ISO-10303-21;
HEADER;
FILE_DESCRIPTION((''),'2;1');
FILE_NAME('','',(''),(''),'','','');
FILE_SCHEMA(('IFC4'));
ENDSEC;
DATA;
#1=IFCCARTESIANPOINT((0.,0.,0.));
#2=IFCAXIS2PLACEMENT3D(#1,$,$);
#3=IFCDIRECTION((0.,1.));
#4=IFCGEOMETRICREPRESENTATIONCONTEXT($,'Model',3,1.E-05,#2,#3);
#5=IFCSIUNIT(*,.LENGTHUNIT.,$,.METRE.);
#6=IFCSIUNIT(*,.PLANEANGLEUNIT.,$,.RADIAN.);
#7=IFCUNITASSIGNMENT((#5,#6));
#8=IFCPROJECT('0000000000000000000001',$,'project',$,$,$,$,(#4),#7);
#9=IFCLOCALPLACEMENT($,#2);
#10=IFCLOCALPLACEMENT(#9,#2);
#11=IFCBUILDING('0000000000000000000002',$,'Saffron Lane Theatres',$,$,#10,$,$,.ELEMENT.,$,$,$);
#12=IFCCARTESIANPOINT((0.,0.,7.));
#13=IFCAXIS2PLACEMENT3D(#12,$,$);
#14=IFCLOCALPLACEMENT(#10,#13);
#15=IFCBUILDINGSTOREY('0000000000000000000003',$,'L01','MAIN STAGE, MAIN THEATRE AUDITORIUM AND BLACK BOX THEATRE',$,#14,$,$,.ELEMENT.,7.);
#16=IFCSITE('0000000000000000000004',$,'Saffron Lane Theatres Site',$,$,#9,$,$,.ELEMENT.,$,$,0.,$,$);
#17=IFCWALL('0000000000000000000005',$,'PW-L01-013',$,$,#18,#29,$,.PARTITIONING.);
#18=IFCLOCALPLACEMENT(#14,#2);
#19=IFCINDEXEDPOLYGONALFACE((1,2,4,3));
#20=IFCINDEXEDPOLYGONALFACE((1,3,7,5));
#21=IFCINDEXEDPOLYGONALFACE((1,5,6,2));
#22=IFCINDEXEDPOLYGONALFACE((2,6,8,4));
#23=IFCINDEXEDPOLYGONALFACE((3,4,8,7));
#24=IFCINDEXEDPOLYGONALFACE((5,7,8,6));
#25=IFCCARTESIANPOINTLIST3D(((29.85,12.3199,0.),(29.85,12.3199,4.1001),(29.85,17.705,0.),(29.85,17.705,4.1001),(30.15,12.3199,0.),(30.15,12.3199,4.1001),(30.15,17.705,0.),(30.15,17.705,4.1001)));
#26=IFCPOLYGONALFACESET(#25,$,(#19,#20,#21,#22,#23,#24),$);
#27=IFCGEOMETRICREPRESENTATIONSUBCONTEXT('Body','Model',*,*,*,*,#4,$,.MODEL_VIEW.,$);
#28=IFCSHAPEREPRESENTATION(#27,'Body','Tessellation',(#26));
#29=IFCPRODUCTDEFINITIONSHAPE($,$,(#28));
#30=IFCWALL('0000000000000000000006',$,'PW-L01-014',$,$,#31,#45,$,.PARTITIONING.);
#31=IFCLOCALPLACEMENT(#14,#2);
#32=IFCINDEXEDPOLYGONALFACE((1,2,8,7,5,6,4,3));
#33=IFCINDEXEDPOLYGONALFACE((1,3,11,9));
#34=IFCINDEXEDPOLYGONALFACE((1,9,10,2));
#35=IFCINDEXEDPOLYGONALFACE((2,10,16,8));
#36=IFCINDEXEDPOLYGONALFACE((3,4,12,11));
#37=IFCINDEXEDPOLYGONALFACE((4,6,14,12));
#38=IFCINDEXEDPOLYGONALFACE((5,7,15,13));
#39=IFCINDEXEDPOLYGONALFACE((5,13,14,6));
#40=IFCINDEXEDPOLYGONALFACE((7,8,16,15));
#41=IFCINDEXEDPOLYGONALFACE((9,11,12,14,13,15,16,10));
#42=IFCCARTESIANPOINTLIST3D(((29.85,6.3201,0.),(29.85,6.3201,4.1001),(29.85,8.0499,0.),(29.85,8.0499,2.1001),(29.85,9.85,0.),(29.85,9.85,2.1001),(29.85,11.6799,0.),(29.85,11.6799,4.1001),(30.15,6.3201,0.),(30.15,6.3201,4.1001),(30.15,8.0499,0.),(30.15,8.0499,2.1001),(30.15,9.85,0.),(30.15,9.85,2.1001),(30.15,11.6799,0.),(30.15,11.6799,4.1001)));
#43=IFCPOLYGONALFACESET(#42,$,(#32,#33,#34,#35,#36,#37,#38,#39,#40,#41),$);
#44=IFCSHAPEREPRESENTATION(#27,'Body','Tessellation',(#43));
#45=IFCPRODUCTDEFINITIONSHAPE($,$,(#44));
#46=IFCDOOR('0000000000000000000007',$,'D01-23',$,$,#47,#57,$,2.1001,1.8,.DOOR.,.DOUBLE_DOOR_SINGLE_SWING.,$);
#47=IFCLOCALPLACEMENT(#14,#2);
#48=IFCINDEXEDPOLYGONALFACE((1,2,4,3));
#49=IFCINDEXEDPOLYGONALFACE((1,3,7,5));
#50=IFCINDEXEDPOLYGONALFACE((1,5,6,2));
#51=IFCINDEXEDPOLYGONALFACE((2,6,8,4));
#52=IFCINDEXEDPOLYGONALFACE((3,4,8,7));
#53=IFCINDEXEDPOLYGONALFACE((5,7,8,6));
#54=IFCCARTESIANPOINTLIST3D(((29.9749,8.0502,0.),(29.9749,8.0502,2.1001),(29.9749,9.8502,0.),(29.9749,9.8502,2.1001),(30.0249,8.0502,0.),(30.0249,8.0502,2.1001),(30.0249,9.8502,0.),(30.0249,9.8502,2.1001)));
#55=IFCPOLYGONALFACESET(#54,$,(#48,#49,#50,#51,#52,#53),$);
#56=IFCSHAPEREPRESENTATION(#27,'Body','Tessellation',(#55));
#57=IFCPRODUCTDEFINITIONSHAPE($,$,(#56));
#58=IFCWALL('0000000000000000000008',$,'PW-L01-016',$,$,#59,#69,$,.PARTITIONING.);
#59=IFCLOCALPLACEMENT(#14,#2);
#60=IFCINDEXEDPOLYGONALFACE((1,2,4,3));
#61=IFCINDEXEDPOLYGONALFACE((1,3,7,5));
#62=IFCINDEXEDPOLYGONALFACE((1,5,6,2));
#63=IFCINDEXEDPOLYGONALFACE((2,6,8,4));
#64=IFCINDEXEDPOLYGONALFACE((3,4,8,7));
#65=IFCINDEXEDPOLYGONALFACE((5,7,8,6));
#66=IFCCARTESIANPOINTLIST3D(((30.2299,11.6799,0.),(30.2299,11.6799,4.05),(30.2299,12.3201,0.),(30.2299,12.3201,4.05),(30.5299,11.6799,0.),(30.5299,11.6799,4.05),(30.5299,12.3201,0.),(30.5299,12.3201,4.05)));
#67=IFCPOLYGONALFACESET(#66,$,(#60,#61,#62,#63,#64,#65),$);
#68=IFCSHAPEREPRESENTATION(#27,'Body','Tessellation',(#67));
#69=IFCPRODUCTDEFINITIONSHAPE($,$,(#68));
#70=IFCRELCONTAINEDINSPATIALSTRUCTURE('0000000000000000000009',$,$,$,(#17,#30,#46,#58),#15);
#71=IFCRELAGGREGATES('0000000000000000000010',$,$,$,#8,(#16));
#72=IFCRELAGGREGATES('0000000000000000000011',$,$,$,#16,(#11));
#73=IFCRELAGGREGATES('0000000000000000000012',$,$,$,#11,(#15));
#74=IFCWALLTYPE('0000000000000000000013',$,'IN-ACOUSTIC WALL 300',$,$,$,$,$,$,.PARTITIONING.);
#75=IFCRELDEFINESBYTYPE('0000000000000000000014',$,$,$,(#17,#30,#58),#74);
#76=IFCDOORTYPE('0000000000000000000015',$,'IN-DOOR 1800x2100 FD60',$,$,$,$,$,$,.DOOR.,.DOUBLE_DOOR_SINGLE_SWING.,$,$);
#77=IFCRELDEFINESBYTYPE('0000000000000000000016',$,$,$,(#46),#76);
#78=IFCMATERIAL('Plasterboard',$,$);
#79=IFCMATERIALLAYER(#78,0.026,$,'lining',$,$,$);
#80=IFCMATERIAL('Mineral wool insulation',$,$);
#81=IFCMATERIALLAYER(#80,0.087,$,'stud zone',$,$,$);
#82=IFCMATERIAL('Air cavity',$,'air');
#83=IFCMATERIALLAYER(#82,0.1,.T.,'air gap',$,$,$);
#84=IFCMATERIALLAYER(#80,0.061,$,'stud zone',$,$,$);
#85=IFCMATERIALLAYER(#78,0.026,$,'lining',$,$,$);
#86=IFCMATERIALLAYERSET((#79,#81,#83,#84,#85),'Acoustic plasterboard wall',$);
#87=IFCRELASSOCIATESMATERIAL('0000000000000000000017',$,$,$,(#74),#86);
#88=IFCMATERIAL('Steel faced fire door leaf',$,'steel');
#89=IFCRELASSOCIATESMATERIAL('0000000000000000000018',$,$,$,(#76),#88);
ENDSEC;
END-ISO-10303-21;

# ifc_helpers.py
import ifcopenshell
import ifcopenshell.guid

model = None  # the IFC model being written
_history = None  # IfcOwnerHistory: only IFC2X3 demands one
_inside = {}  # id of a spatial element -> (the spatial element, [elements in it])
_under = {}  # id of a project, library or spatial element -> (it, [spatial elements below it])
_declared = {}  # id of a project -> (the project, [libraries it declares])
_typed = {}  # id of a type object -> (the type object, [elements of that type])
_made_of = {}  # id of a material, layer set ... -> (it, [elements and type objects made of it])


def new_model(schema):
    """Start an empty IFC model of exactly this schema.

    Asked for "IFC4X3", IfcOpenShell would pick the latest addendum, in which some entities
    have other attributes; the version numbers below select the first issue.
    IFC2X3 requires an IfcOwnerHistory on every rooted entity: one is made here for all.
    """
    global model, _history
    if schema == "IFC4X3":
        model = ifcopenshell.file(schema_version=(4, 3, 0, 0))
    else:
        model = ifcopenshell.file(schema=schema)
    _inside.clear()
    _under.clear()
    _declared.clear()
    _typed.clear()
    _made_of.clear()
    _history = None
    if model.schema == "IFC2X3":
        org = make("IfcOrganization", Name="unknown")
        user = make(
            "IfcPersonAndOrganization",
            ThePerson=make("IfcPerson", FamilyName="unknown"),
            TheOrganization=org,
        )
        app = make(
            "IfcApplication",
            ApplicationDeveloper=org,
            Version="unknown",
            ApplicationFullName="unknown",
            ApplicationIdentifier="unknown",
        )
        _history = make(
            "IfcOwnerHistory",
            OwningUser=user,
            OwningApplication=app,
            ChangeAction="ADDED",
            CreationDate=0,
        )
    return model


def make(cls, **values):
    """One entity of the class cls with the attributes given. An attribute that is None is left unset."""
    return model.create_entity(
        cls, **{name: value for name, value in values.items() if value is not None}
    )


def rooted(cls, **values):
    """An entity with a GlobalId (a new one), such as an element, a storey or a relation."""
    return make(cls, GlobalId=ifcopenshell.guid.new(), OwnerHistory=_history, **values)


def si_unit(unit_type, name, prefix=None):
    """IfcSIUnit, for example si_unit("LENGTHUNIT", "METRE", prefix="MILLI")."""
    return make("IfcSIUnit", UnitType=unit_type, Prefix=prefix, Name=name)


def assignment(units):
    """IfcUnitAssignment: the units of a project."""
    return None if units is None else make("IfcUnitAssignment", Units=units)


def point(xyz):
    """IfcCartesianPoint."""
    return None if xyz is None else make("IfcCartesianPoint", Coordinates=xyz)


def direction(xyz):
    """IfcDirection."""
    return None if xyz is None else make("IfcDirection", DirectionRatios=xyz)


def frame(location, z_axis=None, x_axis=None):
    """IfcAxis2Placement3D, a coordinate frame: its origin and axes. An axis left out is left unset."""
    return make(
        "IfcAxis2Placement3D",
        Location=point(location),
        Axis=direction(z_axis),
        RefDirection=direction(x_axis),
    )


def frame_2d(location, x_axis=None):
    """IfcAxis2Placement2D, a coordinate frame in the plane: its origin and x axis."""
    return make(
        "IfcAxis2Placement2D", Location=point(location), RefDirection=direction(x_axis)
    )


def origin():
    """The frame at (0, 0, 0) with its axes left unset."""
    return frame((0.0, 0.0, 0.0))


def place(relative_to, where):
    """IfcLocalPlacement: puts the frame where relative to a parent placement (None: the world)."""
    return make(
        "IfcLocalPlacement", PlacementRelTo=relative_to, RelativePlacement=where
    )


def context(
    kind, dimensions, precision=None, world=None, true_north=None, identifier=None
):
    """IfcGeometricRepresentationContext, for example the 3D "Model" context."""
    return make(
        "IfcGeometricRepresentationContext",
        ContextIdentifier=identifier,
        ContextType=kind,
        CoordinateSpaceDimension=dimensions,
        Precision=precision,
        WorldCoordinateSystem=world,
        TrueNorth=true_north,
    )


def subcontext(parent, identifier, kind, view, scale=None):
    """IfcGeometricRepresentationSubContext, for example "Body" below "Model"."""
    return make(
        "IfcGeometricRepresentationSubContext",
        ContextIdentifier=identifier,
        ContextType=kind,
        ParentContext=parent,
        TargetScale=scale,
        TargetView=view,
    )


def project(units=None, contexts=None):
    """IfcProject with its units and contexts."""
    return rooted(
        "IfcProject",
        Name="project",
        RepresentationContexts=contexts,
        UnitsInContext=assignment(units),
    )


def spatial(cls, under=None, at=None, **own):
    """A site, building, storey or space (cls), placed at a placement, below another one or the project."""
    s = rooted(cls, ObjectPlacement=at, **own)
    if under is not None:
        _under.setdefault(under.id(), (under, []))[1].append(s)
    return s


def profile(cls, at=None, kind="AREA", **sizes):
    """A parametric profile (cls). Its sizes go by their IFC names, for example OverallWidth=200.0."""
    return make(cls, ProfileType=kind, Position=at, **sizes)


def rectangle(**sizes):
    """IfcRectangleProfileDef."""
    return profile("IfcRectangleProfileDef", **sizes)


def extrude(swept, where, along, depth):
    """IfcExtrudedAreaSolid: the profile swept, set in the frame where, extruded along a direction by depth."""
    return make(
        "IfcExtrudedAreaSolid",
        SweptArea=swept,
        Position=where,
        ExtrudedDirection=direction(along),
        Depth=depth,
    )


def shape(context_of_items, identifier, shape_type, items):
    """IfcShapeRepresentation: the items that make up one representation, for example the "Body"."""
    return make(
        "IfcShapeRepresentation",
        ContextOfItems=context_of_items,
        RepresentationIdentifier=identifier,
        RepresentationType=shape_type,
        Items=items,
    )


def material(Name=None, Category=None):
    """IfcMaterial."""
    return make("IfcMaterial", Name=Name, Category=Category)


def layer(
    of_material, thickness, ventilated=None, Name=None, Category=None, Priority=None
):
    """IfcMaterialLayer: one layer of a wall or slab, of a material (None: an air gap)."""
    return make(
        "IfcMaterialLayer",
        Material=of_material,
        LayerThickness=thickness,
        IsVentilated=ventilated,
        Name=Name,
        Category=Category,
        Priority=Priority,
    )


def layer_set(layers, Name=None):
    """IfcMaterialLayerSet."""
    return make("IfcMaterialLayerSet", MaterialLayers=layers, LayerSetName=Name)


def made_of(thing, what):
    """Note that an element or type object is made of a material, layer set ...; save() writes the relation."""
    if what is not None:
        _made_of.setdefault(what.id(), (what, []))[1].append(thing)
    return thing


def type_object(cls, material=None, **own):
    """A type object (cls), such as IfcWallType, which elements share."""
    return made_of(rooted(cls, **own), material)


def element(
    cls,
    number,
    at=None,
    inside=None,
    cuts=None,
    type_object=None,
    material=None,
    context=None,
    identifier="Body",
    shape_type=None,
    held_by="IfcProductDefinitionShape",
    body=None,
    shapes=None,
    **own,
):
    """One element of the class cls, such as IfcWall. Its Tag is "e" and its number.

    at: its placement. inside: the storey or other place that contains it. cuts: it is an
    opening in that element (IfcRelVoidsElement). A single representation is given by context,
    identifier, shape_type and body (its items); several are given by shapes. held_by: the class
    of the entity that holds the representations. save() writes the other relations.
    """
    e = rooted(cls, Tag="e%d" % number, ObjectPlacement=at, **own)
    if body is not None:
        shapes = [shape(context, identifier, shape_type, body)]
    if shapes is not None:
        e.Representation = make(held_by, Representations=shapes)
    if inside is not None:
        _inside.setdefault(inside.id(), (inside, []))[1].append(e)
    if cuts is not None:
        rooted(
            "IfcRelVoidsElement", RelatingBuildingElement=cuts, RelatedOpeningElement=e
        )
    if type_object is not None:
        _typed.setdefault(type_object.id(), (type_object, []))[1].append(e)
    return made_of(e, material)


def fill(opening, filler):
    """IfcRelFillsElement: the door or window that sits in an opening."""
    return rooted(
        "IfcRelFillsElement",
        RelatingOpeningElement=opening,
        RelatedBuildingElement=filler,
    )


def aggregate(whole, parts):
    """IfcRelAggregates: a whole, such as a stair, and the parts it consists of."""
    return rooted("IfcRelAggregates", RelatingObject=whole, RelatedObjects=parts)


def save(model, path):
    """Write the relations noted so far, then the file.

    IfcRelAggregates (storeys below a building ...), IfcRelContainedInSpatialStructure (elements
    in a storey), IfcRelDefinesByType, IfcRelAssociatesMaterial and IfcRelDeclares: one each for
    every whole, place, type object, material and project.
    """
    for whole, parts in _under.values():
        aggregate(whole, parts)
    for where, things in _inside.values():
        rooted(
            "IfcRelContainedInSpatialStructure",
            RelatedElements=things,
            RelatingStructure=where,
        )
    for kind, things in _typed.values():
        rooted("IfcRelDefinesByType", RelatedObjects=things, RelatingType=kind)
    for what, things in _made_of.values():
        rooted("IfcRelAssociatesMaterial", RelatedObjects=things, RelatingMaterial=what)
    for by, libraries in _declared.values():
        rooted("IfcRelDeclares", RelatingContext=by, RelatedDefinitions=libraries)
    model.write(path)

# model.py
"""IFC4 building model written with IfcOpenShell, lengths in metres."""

from ifc_helpers import new_model, si_unit, direction, frame, frame_2d, origin, place, context, subcontext, project, spatial, rectangle, extrude, material, layer, layer_set, type_object, element, fill, save


model = new_model("IFC4")

# Units and contexts
model_context = context("Model", 3, precision=1e-05, world=origin(), true_north=direction((0.0, 1.0)))
body_context = subcontext(model_context, "Body", "Model", "MODEL_VIEW")
ifc_project = project(units=[si_unit("LENGTHUNIT", "METRE"), si_unit("PLANEANGLEUNIT", "RADIAN")], contexts=[model_context])

# Site, building, storey
site_placement = place(None, origin())
site = spatial("IfcSite", under=ifc_project, at=site_placement, Name="Saffron Lane Theatres Site", CompositionType="ELEMENT", RefElevation=0.0)
building_placement = place(site_placement, origin())
building = spatial("IfcBuilding", under=site, at=building_placement, Name="Saffron Lane Theatres", CompositionType="ELEMENT")
storey_placement = place(building_placement, frame((0.0, 0.0, 7.0)))
storey = spatial("IfcBuildingStorey", under=building, at=storey_placement, Name="L01", Description="MAIN STAGE, MAIN THEATRE AUDITORIUM AND BLACK BOX THEATRE", CompositionType="ELEMENT", Elevation=7.0)

# Wall
ifc_material_1 = material(Name="Plasterboard")
ifc_layer_1 = layer(ifc_material_1, 0.026, Name="lining")
ifc_material_2 = material(Name="Mineral wool insulation")
ifc_layer_2 = layer(ifc_material_2, 0.087, Name="stud zone")
ifc_material_3 = material(Name="Air cavity", Category="air")
ifc_layer_3 = layer(ifc_material_3, 0.1, ventilated=True, Name="air gap")
ifc_layer_4 = layer(ifc_material_2, 0.061, Name="stud zone")
ifc_layer_5 = layer(ifc_material_1, 0.026, Name="lining")
ifc_layer_set = layer_set([ifc_layer_1, ifc_layer_2, ifc_layer_3, ifc_layer_4, ifc_layer_5], Name="Acoustic plasterboard wall")
wall_type = type_object("IfcWallType", Name="IN-ACOUSTIC WALL 300", PredefinedType="PARTITIONING", material=ifc_layer_set)
wall_1_placement = place(storey_placement, frame((30.0, 12.3201, 0.0), z_axis=(0.0, 0.0, 1.0), x_axis=(0.0, 1.0, 0.0)))
element("IfcWall", 1, at=wall_1_placement, inside=storey, type_object=wall_type, Name="PW-L01-013", PredefinedType="PARTITIONING", context=body_context, shape_type="SweptSolid", body=[
    extrude(rectangle(XDim=5.385, YDim=0.3, at=frame_2d((2.6924, 0.0))), origin(), (0.0, 0.0, 1.0), 4.1001),
])

# Wall, opening, door
wall_2_placement = place(storey_placement, frame((30.0, 6.3201, 0.0), z_axis=(0.0, 0.0, 1.0), x_axis=(0.0, 1.0, 0.0)))
wall_2 = element("IfcWall", 2, at=wall_2_placement, inside=storey, type_object=wall_type, Name="PW-L01-014", PredefinedType="PARTITIONING", context=body_context, shape_type="SweptSolid", body=[
    extrude(rectangle(XDim=5.3599, YDim=0.3, at=frame_2d((2.6799, 0.0))), origin(), (0.0, 0.0, 1.0), 4.1001),
])
opening_placement = place(wall_2_placement, frame((1.73, 0.0, 0.0)))
opening = element("IfcOpeningElement", 3, at=opening_placement, cuts=wall_2, PredefinedType="OPENING", context=body_context, shape_type="SweptSolid", body=[
    extrude(rectangle(XDim=1.8, YDim=2.1001, at=frame_2d((0.8999, 1.05))), frame((0.0, 0.1602, 0.0), z_axis=(0.0, -1.0, 0.0), x_axis=(1.0, 0.0, 0.0)), (0.0, 0.0, 1.0), 0.3201),
])
ifc_material_4 = material(Name="Steel faced fire door leaf", Category="steel")
door_type = type_object("IfcDoorType", Name="IN-DOOR 1800x2100 FD60", OperationType="DOUBLE_DOOR_SINGLE_SWING", PredefinedType="DOOR", material=ifc_material_4)
door_placement = place(opening_placement, frame((1.8, 0.0, 0.0), z_axis=(0.0, 0.0, 1.0), x_axis=(-1.0, 0.0, 0.0)))
door = element("IfcDoor", 4, at=door_placement, inside=storey, type_object=door_type, Name="D01-23", OperationType="DOUBLE_DOOR_SINGLE_SWING", OverallHeight=2.1001, OverallWidth=1.8, PredefinedType="DOOR", context=body_context, shape_type="SweptSolid", body=[
    extrude(rectangle(XDim=1.8, YDim=2.1001, at=frame_2d((0.8999, 1.05))), frame((0.0, 0.0249, 0.0), z_axis=(0.0, -1.0, 0.0), x_axis=(1.0, 0.0, 0.0)), (0.0, 0.0, 1.0), 0.05),
])
fill(opening, door)

# Wall
wall_3_placement = place(storey_placement, frame((30.3799, 11.6799, 0.0), z_axis=(0.0, 0.0, 1.0), x_axis=(0.0, 1.0, 0.0)))
element("IfcWall", 5, at=wall_3_placement, inside=storey, type_object=wall_type, Name="PW-L01-016", PredefinedType="PARTITIONING", context=body_context, shape_type="SweptSolid", body=[
    extrude(rectangle(XDim=0.6401, YDim=0.3, at=frame_2d((0.3201, 0.0))), origin(), (0.0, 0.0, 1.0), 4.05),
])

save(model, "model.ifc")
